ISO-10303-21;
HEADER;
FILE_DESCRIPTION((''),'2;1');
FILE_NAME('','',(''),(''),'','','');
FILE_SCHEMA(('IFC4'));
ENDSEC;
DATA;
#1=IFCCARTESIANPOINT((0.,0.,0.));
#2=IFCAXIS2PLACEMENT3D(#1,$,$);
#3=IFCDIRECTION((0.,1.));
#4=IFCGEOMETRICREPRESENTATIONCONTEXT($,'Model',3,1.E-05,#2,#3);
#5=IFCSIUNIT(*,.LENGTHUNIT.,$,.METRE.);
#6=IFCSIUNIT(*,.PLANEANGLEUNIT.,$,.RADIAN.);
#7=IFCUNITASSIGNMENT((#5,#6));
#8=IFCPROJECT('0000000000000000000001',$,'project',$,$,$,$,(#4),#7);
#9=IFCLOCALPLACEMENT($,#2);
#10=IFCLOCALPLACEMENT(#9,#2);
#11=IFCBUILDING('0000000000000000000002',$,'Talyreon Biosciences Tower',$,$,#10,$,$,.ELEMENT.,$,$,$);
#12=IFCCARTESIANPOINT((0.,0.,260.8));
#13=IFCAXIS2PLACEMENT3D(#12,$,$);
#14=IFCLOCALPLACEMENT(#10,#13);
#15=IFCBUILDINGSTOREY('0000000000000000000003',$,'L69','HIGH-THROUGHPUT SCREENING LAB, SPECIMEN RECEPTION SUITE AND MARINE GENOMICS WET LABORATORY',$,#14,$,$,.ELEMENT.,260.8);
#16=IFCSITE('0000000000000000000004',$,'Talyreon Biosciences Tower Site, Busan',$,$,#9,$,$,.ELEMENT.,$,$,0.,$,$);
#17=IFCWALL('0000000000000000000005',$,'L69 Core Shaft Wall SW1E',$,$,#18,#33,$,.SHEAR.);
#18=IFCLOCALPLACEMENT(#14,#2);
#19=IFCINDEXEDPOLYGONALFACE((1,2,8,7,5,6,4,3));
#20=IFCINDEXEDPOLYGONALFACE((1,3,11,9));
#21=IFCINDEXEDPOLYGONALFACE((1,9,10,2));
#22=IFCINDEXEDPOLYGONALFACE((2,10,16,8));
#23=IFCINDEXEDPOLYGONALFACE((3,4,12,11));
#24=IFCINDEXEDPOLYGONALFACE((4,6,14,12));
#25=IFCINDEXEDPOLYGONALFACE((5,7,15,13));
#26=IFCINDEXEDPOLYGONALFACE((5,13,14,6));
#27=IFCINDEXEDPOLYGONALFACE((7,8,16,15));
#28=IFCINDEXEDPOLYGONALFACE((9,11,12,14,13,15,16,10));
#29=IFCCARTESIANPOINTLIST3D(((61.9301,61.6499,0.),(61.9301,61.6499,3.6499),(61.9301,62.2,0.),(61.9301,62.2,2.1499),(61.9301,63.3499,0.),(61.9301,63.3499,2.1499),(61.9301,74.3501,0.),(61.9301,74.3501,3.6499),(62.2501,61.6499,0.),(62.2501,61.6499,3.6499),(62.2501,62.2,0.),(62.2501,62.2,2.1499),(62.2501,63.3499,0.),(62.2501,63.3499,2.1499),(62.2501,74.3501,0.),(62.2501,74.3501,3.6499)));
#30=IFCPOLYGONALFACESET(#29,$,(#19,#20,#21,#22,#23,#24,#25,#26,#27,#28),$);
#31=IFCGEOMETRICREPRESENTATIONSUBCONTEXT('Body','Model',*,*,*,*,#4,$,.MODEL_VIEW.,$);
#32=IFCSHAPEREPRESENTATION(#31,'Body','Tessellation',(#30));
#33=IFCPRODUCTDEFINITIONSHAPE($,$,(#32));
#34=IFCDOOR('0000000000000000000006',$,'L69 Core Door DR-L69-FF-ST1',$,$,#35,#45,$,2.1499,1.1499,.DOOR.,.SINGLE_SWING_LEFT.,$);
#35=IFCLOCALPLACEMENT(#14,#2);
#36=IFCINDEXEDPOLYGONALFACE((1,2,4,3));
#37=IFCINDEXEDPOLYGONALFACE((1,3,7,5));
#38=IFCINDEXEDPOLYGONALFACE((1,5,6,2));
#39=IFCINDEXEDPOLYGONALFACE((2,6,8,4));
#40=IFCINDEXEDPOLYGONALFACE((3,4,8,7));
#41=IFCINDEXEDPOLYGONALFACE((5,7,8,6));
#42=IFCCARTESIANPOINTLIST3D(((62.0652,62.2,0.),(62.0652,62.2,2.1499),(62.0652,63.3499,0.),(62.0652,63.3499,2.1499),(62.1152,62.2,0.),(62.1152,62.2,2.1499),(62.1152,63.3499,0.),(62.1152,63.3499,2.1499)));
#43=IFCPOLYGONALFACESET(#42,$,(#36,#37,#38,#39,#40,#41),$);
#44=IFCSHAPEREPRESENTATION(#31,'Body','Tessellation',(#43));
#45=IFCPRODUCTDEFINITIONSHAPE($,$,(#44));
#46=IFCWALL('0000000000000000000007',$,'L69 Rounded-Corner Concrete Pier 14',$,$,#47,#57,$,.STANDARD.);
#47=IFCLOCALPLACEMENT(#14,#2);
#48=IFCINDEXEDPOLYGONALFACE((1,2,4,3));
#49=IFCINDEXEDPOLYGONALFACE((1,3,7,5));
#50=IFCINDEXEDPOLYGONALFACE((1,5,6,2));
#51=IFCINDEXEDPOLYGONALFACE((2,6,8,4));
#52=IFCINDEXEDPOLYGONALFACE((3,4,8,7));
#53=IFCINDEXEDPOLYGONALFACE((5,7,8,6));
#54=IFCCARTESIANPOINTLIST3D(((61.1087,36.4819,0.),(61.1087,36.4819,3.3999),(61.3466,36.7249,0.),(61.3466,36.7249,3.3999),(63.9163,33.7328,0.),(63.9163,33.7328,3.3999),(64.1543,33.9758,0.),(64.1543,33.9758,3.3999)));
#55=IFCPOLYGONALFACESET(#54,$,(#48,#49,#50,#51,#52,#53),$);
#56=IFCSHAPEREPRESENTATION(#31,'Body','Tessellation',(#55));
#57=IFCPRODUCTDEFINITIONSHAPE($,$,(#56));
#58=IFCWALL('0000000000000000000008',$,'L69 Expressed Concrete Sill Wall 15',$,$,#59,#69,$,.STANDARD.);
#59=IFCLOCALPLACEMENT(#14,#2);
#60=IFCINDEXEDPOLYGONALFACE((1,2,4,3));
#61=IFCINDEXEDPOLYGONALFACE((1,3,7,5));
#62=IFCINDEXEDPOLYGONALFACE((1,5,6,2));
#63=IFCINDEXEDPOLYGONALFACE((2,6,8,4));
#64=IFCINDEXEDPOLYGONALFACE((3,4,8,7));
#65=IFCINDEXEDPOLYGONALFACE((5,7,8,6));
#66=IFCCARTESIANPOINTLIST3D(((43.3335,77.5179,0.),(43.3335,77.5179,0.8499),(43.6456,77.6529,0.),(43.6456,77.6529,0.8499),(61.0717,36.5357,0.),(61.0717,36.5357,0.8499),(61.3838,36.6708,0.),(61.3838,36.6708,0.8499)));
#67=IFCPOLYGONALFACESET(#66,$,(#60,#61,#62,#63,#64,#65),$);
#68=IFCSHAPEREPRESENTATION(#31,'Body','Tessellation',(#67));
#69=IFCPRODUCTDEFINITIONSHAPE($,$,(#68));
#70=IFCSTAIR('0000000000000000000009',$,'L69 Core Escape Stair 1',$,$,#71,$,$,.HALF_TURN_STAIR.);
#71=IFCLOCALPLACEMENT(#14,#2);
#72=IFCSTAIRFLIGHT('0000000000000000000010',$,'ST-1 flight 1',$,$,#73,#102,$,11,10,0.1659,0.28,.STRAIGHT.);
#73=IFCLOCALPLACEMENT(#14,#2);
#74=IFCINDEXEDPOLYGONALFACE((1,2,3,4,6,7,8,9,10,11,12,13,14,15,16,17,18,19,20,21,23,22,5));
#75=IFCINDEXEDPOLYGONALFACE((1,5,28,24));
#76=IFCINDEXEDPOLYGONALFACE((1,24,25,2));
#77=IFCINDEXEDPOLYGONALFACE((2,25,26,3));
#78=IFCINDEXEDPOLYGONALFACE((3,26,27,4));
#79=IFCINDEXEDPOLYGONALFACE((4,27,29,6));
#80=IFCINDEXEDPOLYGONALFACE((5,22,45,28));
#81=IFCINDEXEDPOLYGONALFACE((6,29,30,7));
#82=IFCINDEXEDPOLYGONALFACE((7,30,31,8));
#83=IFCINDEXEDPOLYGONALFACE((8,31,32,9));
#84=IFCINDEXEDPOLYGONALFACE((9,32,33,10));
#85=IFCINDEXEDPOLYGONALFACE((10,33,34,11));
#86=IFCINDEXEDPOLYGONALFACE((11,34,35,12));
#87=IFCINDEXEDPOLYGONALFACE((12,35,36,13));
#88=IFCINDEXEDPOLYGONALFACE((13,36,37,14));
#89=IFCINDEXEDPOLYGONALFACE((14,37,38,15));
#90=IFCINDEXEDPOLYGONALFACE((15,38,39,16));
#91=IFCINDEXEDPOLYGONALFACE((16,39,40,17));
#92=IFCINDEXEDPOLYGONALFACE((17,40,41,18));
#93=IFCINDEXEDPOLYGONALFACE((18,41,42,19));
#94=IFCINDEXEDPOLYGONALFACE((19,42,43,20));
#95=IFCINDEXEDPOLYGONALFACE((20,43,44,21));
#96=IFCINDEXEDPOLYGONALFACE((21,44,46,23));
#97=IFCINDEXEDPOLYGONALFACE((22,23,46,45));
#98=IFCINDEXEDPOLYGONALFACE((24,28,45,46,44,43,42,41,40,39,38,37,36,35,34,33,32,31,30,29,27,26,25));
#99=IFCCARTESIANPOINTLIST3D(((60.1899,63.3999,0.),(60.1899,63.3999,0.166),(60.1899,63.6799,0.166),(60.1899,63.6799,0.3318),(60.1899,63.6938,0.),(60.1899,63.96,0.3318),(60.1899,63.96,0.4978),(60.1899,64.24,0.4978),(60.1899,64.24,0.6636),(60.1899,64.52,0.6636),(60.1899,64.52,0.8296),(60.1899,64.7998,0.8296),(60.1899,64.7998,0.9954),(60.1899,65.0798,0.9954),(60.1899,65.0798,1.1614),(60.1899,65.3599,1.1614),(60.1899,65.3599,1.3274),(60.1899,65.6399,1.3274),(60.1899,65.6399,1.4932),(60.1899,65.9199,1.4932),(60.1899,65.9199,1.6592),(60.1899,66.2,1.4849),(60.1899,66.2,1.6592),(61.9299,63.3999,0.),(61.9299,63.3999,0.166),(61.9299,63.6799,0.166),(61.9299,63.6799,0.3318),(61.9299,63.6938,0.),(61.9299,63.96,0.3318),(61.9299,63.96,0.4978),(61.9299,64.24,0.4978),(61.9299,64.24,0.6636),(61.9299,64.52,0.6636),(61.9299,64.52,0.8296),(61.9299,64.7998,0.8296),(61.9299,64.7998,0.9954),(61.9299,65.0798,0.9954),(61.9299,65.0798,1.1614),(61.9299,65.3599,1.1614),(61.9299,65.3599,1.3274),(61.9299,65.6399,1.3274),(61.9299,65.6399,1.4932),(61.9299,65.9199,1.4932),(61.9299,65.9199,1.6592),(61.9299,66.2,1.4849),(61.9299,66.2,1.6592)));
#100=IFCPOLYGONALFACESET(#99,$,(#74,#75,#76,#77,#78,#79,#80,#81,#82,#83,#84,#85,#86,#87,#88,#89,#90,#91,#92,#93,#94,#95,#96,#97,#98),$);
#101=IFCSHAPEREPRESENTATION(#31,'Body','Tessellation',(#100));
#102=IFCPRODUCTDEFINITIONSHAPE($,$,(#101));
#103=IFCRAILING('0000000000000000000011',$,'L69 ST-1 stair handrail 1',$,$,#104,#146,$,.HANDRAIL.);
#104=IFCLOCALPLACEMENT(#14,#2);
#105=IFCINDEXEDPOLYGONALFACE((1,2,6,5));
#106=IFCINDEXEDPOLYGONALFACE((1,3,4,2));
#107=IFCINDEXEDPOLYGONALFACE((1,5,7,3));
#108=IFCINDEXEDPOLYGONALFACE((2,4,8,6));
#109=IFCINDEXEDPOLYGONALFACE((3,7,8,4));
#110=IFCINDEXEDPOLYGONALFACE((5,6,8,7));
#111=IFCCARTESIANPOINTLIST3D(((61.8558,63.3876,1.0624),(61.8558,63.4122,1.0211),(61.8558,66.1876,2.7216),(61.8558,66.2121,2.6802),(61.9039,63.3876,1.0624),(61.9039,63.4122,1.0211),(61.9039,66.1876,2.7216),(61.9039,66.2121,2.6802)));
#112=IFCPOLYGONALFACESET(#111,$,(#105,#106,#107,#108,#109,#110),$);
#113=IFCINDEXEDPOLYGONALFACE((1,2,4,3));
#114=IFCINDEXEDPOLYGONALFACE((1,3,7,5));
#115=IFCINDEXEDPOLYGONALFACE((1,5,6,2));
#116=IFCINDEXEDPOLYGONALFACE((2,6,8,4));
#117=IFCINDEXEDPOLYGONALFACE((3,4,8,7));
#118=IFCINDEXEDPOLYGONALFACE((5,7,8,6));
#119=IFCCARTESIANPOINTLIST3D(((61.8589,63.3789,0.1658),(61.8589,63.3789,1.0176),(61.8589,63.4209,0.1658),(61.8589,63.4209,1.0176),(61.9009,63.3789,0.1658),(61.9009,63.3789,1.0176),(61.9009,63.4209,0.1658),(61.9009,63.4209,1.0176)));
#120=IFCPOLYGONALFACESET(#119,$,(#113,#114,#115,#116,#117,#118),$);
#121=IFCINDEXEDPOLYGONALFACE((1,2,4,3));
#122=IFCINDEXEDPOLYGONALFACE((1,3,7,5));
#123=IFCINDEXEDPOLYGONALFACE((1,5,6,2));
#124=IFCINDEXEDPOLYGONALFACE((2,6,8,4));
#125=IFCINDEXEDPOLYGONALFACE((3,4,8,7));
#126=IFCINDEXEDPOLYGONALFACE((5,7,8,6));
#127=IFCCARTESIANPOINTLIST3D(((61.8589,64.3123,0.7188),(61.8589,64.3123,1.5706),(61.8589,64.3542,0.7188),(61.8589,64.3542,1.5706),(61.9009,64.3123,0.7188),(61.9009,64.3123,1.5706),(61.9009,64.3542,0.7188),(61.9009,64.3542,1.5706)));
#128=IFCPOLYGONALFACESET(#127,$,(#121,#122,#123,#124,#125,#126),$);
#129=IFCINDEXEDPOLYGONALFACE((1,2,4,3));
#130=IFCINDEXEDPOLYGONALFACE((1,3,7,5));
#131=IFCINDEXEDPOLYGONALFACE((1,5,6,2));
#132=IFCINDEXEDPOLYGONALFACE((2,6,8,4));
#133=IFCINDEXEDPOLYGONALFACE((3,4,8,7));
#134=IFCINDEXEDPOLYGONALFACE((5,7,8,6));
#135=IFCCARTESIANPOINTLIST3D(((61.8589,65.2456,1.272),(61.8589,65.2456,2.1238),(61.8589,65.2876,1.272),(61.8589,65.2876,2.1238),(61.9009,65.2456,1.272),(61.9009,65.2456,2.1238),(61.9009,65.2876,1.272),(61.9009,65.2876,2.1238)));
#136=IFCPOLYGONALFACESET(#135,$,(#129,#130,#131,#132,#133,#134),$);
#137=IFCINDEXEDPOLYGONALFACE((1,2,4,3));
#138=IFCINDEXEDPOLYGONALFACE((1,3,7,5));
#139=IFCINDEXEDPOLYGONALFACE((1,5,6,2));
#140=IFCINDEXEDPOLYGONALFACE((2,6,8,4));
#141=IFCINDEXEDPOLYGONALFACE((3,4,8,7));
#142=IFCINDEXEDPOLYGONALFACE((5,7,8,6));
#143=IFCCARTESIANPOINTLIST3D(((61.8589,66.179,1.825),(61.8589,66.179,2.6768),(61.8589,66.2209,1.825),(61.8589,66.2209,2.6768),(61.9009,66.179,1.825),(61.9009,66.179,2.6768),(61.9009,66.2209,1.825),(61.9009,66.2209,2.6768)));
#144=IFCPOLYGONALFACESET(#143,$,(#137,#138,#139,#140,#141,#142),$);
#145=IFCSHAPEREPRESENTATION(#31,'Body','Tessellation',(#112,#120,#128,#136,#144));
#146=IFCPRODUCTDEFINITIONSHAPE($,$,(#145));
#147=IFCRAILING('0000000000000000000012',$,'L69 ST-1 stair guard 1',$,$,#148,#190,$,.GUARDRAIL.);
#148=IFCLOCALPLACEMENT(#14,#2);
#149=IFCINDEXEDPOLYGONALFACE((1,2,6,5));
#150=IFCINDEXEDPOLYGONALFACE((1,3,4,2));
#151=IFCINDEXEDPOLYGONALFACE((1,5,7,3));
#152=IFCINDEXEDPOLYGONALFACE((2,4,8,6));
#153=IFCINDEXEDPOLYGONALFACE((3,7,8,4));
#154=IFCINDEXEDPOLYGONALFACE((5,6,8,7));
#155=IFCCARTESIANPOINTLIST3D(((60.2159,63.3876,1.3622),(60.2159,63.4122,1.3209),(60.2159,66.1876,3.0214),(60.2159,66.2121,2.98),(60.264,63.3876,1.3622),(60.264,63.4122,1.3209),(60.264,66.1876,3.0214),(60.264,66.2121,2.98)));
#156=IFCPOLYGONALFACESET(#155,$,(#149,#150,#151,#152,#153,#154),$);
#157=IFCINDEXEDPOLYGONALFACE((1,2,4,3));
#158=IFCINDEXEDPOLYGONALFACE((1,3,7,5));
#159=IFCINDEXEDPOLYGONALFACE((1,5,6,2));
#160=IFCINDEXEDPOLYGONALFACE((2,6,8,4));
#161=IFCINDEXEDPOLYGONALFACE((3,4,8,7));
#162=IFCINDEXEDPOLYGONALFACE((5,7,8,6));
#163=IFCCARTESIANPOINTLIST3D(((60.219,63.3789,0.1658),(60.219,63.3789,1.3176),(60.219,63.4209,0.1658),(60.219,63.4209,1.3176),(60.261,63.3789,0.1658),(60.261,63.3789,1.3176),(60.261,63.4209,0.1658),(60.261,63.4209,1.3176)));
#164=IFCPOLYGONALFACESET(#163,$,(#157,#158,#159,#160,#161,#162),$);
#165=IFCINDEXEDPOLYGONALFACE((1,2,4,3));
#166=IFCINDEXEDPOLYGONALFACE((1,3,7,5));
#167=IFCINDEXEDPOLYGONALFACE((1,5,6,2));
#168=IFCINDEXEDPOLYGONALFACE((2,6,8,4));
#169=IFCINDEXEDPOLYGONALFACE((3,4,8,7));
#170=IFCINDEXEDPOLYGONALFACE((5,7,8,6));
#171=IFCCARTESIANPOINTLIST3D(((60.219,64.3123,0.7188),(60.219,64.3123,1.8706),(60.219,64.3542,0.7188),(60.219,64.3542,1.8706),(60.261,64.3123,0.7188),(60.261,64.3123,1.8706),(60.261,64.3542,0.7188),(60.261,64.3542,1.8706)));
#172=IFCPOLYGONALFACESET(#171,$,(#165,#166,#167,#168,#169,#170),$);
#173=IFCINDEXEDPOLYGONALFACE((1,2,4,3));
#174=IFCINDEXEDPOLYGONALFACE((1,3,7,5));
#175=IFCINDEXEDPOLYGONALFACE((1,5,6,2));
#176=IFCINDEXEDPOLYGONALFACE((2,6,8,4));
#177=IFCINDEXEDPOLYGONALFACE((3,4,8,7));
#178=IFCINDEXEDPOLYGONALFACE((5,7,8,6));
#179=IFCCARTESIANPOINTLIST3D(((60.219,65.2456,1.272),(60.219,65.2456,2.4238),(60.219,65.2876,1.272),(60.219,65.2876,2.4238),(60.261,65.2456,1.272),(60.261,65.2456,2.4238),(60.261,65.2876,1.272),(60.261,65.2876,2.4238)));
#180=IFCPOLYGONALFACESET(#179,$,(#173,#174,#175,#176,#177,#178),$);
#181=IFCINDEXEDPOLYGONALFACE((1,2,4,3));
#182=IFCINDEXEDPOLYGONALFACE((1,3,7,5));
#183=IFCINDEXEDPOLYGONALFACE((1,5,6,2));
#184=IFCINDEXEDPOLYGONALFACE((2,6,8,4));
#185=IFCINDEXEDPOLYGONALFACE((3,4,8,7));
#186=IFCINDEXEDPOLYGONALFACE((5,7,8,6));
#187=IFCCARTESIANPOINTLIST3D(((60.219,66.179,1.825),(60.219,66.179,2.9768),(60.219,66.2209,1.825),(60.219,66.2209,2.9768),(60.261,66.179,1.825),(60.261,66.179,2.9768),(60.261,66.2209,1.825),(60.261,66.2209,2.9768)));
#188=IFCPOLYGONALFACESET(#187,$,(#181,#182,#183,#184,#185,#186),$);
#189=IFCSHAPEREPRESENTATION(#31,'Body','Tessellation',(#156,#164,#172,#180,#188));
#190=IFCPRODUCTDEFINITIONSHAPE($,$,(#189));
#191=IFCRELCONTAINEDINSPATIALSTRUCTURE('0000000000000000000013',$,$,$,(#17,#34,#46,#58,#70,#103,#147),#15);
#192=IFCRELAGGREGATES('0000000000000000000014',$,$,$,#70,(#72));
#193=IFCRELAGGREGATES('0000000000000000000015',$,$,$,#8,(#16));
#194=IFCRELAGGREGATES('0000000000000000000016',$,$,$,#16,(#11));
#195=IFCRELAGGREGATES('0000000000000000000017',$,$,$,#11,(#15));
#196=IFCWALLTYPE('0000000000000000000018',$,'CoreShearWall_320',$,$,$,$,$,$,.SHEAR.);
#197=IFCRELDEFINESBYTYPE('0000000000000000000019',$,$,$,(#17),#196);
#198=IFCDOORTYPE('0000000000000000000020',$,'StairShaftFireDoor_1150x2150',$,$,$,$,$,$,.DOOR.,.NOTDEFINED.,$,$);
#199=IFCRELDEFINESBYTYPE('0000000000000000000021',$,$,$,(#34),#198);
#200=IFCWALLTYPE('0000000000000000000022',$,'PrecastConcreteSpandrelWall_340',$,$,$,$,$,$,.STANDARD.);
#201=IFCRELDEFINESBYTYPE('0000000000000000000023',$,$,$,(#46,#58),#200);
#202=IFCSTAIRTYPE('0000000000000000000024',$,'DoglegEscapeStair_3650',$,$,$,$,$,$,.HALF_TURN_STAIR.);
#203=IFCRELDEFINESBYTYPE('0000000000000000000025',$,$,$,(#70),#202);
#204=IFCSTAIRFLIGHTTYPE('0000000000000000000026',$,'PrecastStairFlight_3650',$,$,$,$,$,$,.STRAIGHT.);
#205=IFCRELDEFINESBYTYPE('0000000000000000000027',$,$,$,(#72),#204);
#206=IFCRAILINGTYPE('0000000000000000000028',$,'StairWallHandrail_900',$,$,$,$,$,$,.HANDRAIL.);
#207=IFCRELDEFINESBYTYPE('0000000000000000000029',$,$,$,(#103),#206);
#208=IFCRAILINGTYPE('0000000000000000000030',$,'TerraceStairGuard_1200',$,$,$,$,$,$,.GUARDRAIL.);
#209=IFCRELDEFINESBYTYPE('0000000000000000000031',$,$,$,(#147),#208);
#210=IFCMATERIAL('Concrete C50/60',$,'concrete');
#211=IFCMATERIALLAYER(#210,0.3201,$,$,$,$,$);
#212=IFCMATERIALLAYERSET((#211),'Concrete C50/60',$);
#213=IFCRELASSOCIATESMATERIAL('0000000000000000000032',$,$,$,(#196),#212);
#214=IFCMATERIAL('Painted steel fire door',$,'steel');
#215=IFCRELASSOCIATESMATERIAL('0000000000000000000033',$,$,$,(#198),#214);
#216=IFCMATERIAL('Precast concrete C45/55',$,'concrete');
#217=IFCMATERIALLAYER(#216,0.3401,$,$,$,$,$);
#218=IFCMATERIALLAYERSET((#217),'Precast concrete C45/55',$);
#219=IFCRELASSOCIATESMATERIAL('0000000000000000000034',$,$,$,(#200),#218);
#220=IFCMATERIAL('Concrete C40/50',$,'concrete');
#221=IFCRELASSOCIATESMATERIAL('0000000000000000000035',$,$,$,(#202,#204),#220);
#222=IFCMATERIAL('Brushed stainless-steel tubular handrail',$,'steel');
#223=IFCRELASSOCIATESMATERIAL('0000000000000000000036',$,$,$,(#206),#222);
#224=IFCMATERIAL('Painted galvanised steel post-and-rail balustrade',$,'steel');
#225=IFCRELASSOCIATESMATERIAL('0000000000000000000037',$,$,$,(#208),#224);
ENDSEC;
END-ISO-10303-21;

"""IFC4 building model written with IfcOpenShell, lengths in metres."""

from ifc_helpers import new_model, si_unit, direction, frame, frame_2d, origin, origin_2d, place, context, subcontext, project, spatial, polyline, rectangle, outline, extrude, material, layer, layer_set, type_object, element, fill, aggregate, save


model = new_model("IFC4")

# Units and contexts
model_context = context("Model", 3, precision=1e-05, world=origin(), true_north=direction((0.0, 1.0)))
body_context = subcontext(model_context, "Body", "Model", "MODEL_VIEW")
ifc_project = project(units=[si_unit("LENGTHUNIT", "METRE"), si_unit("PLANEANGLEUNIT", "RADIAN")], contexts=[model_context])

# Site, building, storey
site_placement = place(None, origin())
site = spatial("IfcSite", under=ifc_project, at=site_placement, Name="Talyreon Biosciences Tower Site, Busan", CompositionType="ELEMENT", RefElevation=0.0)
building_placement = place(site_placement, origin())
building = spatial("IfcBuilding", under=site, at=building_placement, Name="Talyreon Biosciences Tower", CompositionType="ELEMENT")
storey_placement = place(building_placement, frame((0.0, 0.0, 260.8)))
storey = spatial("IfcBuildingStorey", under=building, at=storey_placement, Name="L69", Description="HIGH-THROUGHPUT SCREENING LAB, SPECIMEN RECEPTION SUITE AND MARINE GENOMICS WET LABORATORY", CompositionType="ELEMENT", Elevation=260.8)

# Shared definitions
ifc_material_1 = material(Name="Concrete C50/60", Category="concrete")

# Shared definitions
ifc_material_2 = material(Name="Precast concrete C45/55", Category="concrete")

# Wall, opening, door
ifc_layer_1 = layer(ifc_material_1, 0.3201)
ifc_layer_set_1 = layer_set([ifc_layer_1], Name="Concrete C50/60")
wall_type_1 = type_object("IfcWallType", Name="CoreShearWall_320", PredefinedType="SHEAR", material=ifc_layer_set_1)
wall_1_placement = place(storey_placement, frame((62.0901, 61.6499, 0.0), z_axis=(0.0, 0.0, 1.0), x_axis=(0.0, 1.0, 0.0)))
wall_1 = element("IfcWall", 1, at=wall_1_placement, inside=storey, type_object=wall_type_1, Name="L69 Core Shaft Wall SW1E", PredefinedType="SHEAR", context=body_context, shape_type="SweptSolid", body=[
    extrude(rectangle(XDim=12.7002, YDim=0.3201, at=frame_2d((6.3501, 0.0))), origin(), (0.0, 0.0, 1.0), 3.6499),
])
opening_placement = place(wall_1_placement, frame((0.55, 0.0, 0.0)))
opening = element("IfcOpeningElement", 2, at=opening_placement, cuts=wall_1, PredefinedType="OPENING", context=body_context, shape_type="SweptSolid", body=[
    extrude(rectangle(XDim=1.1499, YDim=2.1499, at=frame_2d((0.575, 1.075))), frame((0.0, 0.1699, 0.0), z_axis=(0.0, -1.0, 0.0), x_axis=(1.0, 0.0, 0.0)), (0.0, 0.0, 1.0), 0.3401),
])
ifc_material_3 = material(Name="Painted steel fire door", Category="steel")
door_type = type_object("IfcDoorType", Name="StairShaftFireDoor_1150x2150", OperationType="NOTDEFINED", PredefinedType="DOOR", material=ifc_material_3)
door_placement = place(opening_placement, origin())
door = element("IfcDoor", 3, at=door_placement, inside=storey, type_object=door_type, Name="L69 Core Door DR-L69-FF-ST1", OperationType="SINGLE_SWING_LEFT", OverallHeight=2.1499, OverallWidth=1.1499, PredefinedType="DOOR", context=body_context, shape_type="SweptSolid", body=[
    extrude(rectangle(XDim=1.1499, YDim=2.1499, at=frame_2d((0.575, 1.075))), frame((0.0, 0.0249, 0.0), z_axis=(0.0, -1.0, 0.0), x_axis=(1.0, 0.0, 0.0)), (0.0, 0.0, 1.0), 0.05),
])
fill(opening, door)

# Walls
ifc_layer_2 = layer(ifc_material_2, 0.3401)
ifc_layer_set_2 = layer_set([ifc_layer_2], Name="Precast concrete C45/55")
wall_type_2 = type_object("IfcWallType", Name="PrecastConcreteSpandrelWall_340", PredefinedType="STANDARD", material=ifc_layer_set_2)
wall_2_placement = place(storey_placement, frame((64.0354, 33.8542, 0.0), z_axis=(0.0, 0.0, 1.0), x_axis=(-0.714523, 0.699612, 0.0)))
element("IfcWall", 4, at=wall_2_placement, inside=storey, type_object=wall_type_2, Name="L69 Rounded-Corner Concrete Pier 14", PredefinedType="STANDARD", context=body_context, shape_type="SweptSolid", body=[
    extrude(rectangle(XDim=3.9294, YDim=0.3401, at=frame_2d((1.9648, 0.0))), origin(), (0.0, 0.0, 1.0), 3.3999),
])
wall_3_placement = place(storey_placement, frame((61.2278, 36.6033, 0.0), z_axis=(0.0, 0.0, 1.0), x_axis=(-0.397218, 0.917724, 0.0)))
element("IfcWall", 5, at=wall_3_placement, inside=storey, type_object=wall_type_2, Name="L69 Expressed Concrete Sill Wall 15", PredefinedType="STANDARD", context=body_context, shape_type="SweptSolid", body=[
    extrude(rectangle(XDim=44.6562, YDim=0.3401, at=frame_2d((22.3281, 0.0))), origin(), (0.0, 0.0, 1.0), 0.8499),
])

# Stair, stair flight
ifc_material_4 = material(Name="Concrete C40/50", Category="concrete")
stair_type = type_object("IfcStairType", Name="DoglegEscapeStair_3650", PredefinedType="HALF_TURN_STAIR", material=ifc_material_4)
stair_placement = place(storey_placement, origin())
stair = element("IfcStair", 6, at=stair_placement, inside=storey, type_object=stair_type, Name="L69 Core Escape Stair 1", PredefinedType="HALF_TURN_STAIR")
stair_flight_type = type_object("IfcStairFlightType", Name="PrecastStairFlight_3650", PredefinedType="STRAIGHT", material=ifc_material_4)
stair_flight_placement = place(storey_placement, frame((61.0601, 63.3999, 0.0), z_axis=(0.0, 0.0, 1.0), x_axis=(0.0, 1.0, 0.0)))
stair_flight = element("IfcStairFlight", 7, at=stair_flight_placement, type_object=stair_flight_type, Name="ST-1 flight 1", NumberOfRisers=11, NumberOfTreads=10, PredefinedType="STRAIGHT", RiserHeight=0.1659, TreadLength=0.28, context=body_context, shape_type="SweptSolid", body=[
    extrude(outline(polyline([(0.0, 0.0), (0.0, 0.166), (0.28, 0.166), (0.28, 0.3318), (0.5601, 0.3318), (0.5601, 0.4978), (0.8401, 0.4978), (0.8401, 0.6636), (1.1201, 0.6636), (1.1201, 0.8296), (1.3999, 0.8296), (1.3999, 0.9954), (1.6799, 0.9954), (1.6799, 1.1614), (1.96, 1.1614), (1.96, 1.3274), (2.24, 1.3274), (2.24, 1.4932), (2.52, 1.4932), (2.52, 1.6592), (2.8, 1.6592), (2.8, 1.825), (2.8, 1.4849), (0.2939, 0.0), (0.0, 0.0)])), frame((0.0, 0.8701, 0.0), z_axis=(0.0, -1.0, 0.0), x_axis=(1.0, 0.0, 0.0)), (0.0, 0.0, 1.0), 1.74),
])
aggregate(stair, [stair_flight])

# Railings
ifc_material_5 = material(Name="Brushed stainless-steel tubular handrail", Category="steel")
railing_type_1 = type_object("IfcRailingType", Name="StairWallHandrail_900", PredefinedType="HANDRAIL", material=ifc_material_5)
railing_1_placement = place(storey_placement, frame((61.8799, 63.3999, 0.1658)))
element("IfcRailing", 8, at=railing_1_placement, inside=storey, type_object=railing_type_1, Name="L69 ST-1 stair handrail 1", PredefinedType="HANDRAIL", context=body_context, shape_type="SweptSolid", body=[
    extrude(rectangle(XDim=0.0481, YDim=0.0481, at=origin_2d()), frame((0.0, 0.0, 0.876), z_axis=(0.0, 0.860306, 0.509778), x_axis=(-1.0, 0.0, 0.0)), (0.0, 0.0, 1.0), 3.2546),
    extrude(rectangle(XDim=0.042, YDim=0.042, at=origin_2d()), origin(), (0.0, 0.0, 1.0), 0.8518),
    extrude(rectangle(XDim=0.042, YDim=0.042, at=origin_2d()), frame((0.0, 0.9333, 0.553)), (0.0, 0.0, 1.0), 0.8518),
    extrude(rectangle(XDim=0.042, YDim=0.042, at=origin_2d()), frame((0.0, 1.8667, 1.1062)), (0.0, 0.0, 1.0), 0.8518),
    extrude(rectangle(XDim=0.042, YDim=0.042, at=origin_2d()), frame((0.0, 2.8, 1.6592)), (0.0, 0.0, 1.0), 0.8518),
])
ifc_material_6 = material(Name="Painted galvanised steel post-and-rail balustrade", Category="steel")
railing_type_2 = type_object("IfcRailingType", Name="TerraceStairGuard_1200", PredefinedType="GUARDRAIL", material=ifc_material_6)
railing_2_placement = place(storey_placement, frame((60.24, 63.3999, 0.1658)))
element("IfcRailing", 9, at=railing_2_placement, inside=storey, type_object=railing_type_2, Name="L69 ST-1 stair guard 1", PredefinedType="GUARDRAIL", context=body_context, shape_type="SweptSolid", body=[
    extrude(rectangle(XDim=0.0481, YDim=0.0481, at=origin_2d()), frame((0.0, 0.0, 1.1758), z_axis=(0.0, 0.860306, 0.509778), x_axis=(-1.0, 0.0, 0.0)), (0.0, 0.0, 1.0), 3.2546),
    extrude(rectangle(XDim=0.042, YDim=0.042, at=origin_2d()), origin(), (0.0, 0.0, 1.0), 1.1519),
    extrude(rectangle(XDim=0.042, YDim=0.042, at=origin_2d()), frame((0.0, 0.9333, 0.553)), (0.0, 0.0, 1.0), 1.1519),
    extrude(rectangle(XDim=0.042, YDim=0.042, at=origin_2d()), frame((0.0, 1.8667, 1.1062)), (0.0, 0.0, 1.0), 1.1519),
    extrude(rectangle(XDim=0.042, YDim=0.042, at=origin_2d()), frame((0.0, 2.8, 1.6592)), (0.0, 0.0, 1.0), 1.1519),
])

save(model, "model.ifc")
